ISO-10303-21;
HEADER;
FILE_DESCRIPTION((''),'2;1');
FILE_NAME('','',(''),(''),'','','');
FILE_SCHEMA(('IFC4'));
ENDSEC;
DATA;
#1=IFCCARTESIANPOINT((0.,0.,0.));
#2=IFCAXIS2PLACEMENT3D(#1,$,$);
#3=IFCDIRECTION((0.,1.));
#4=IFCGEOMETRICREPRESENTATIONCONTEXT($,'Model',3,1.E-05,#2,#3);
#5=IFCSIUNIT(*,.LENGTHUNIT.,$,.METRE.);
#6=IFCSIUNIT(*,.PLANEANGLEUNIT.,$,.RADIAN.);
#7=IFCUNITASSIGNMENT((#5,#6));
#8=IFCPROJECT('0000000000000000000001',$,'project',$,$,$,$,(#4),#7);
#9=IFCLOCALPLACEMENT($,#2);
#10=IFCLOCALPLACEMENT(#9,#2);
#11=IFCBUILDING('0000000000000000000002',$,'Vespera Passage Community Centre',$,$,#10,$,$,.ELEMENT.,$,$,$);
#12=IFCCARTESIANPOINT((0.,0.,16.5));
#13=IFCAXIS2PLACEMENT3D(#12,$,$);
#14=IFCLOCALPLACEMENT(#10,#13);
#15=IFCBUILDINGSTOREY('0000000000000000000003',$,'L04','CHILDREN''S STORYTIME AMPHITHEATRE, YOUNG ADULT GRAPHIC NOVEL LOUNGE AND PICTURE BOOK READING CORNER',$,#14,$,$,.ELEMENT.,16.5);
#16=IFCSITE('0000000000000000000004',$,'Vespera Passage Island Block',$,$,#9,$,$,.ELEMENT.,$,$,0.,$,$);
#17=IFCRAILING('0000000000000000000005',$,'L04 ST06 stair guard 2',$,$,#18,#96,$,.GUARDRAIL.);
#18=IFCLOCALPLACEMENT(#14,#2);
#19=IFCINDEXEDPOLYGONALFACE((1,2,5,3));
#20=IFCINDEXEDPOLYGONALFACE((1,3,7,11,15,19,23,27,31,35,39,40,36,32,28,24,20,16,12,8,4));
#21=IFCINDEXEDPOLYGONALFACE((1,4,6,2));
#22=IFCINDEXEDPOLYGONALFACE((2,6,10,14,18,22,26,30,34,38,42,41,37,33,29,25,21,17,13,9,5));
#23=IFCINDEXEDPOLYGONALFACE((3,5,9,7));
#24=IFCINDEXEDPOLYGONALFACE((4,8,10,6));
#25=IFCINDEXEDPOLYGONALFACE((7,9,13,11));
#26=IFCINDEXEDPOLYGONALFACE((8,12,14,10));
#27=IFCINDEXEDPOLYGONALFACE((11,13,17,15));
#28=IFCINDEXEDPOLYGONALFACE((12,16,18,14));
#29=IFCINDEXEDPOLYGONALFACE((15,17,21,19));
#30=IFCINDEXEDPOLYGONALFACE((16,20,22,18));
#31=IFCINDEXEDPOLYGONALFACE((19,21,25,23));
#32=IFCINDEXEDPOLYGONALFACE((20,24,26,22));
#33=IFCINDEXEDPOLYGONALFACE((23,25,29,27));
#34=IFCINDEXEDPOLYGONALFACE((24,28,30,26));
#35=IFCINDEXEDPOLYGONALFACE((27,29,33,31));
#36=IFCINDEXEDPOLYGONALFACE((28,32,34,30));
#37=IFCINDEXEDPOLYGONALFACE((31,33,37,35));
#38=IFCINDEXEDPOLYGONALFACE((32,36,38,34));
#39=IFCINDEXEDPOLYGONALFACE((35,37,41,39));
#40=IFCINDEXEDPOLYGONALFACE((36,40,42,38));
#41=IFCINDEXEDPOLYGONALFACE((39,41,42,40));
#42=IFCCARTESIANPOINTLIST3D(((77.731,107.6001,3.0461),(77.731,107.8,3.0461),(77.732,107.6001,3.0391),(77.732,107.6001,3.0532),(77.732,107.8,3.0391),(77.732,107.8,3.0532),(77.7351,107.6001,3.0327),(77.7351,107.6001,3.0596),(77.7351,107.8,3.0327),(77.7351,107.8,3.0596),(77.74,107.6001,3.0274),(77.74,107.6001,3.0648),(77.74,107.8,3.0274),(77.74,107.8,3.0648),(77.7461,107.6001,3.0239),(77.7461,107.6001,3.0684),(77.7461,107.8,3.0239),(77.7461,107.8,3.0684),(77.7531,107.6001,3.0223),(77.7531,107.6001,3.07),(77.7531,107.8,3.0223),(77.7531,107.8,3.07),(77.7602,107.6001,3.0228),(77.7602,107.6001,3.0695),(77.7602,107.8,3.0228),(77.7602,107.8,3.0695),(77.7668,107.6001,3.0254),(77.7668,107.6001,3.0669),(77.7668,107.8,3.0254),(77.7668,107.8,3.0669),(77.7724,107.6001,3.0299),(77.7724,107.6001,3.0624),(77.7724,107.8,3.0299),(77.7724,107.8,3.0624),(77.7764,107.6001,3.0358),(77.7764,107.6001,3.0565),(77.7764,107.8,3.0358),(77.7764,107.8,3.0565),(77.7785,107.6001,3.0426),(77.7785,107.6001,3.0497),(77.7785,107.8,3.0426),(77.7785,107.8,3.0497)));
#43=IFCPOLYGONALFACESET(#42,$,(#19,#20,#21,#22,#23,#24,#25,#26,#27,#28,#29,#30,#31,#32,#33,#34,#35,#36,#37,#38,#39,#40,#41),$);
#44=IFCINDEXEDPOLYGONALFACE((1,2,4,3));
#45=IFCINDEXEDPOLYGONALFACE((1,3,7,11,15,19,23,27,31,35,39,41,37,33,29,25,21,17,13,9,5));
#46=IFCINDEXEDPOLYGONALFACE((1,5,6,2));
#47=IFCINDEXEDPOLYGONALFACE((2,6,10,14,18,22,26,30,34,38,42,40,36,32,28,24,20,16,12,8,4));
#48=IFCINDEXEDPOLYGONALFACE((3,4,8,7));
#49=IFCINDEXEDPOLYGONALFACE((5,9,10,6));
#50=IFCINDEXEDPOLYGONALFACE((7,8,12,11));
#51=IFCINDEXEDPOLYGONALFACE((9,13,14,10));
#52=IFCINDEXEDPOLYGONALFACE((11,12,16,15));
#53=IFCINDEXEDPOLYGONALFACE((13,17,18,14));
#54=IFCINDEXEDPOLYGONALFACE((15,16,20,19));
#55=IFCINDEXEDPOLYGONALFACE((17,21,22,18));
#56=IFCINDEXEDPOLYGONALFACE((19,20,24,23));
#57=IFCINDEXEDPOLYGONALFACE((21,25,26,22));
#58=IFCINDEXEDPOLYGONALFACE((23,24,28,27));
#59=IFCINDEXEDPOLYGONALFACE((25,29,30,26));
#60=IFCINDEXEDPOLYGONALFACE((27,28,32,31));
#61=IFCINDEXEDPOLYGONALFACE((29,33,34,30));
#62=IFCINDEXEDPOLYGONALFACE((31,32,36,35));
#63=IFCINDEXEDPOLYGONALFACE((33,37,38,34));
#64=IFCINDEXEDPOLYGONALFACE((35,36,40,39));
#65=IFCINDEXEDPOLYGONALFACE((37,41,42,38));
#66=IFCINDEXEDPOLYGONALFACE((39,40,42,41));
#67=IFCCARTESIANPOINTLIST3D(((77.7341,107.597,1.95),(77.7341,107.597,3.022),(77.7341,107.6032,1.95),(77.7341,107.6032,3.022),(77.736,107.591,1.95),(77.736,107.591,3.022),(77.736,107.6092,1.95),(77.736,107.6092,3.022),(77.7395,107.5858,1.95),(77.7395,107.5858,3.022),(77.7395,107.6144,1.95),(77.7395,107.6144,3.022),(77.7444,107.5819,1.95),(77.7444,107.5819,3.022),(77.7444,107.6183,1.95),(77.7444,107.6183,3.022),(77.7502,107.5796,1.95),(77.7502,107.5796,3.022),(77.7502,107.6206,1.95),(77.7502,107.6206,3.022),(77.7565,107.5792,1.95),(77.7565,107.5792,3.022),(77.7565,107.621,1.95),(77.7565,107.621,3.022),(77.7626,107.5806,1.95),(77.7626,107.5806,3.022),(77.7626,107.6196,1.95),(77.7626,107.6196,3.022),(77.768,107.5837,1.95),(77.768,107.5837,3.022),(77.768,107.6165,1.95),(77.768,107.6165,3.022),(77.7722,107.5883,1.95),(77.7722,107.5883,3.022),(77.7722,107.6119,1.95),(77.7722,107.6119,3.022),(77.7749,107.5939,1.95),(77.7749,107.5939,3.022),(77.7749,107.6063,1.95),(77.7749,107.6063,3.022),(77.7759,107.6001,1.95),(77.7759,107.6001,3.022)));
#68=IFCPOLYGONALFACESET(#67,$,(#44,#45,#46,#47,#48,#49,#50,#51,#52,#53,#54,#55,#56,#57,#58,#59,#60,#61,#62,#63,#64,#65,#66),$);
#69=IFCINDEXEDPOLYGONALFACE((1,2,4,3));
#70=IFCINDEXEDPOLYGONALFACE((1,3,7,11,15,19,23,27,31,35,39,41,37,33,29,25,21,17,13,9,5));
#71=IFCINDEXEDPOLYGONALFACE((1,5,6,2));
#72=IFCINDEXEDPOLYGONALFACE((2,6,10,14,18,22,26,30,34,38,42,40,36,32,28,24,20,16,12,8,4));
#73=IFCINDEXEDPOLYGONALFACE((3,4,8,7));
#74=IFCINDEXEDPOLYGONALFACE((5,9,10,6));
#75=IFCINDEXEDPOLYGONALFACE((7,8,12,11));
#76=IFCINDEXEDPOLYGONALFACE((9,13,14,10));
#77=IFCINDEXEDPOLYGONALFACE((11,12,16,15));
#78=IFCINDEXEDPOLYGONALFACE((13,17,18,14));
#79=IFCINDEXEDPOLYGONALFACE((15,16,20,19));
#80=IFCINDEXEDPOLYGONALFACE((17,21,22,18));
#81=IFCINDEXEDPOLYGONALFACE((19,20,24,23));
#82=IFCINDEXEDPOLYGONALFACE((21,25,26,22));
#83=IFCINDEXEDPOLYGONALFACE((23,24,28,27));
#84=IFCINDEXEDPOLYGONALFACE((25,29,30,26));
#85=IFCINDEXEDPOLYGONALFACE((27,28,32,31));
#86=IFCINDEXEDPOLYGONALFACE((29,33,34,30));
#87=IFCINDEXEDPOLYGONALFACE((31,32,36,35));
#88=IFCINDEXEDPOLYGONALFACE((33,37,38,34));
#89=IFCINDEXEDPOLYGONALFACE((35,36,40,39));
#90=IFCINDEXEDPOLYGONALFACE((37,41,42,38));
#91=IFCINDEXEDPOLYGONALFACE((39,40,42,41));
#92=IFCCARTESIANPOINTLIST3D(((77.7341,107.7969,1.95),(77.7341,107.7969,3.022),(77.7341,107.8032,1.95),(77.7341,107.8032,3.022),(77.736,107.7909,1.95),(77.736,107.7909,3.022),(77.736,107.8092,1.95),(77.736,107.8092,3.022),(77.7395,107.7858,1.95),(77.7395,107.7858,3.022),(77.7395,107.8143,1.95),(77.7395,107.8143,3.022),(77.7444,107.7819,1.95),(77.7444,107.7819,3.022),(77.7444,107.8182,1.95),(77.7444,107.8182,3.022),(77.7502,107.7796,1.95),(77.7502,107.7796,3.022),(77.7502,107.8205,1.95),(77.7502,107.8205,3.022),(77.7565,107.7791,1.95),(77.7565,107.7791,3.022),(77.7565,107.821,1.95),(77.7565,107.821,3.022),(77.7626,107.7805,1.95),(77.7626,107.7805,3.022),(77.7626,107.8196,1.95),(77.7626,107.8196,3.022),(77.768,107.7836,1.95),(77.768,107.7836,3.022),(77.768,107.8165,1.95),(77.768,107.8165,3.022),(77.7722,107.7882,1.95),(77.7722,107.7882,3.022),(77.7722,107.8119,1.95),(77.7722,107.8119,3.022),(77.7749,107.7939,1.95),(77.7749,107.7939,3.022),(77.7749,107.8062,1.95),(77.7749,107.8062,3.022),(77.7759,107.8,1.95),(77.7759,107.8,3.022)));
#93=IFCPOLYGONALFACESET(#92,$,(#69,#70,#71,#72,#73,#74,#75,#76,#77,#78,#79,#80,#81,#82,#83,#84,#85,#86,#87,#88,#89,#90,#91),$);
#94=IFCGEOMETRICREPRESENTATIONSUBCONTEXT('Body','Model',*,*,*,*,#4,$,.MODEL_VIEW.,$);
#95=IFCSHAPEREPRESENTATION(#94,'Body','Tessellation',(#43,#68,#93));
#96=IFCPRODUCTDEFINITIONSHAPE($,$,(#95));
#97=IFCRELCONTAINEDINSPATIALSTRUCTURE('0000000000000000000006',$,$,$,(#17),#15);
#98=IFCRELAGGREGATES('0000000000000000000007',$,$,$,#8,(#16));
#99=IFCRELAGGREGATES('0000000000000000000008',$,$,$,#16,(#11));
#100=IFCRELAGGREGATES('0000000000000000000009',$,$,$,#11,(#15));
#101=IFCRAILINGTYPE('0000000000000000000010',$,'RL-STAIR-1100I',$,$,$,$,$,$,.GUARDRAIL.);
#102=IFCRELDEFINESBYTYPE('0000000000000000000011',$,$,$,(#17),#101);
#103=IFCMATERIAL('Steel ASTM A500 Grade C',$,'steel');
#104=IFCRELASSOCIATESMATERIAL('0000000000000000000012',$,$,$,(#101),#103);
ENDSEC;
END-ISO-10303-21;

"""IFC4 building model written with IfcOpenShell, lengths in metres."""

from ifc_helpers import new_model, si_unit, direction, frame, origin, origin_2d, place, context, subcontext, project, spatial, circle, extrude, material, type_object, element, save


model = new_model("IFC4")

# Units and contexts
model_context = context("Model", 3, precision=1e-05, world=origin(), true_north=direction((0.0, 1.0)))
body_context = subcontext(model_context, "Body", "Model", "MODEL_VIEW")
ifc_project = project(units=[si_unit("LENGTHUNIT", "METRE"), si_unit("PLANEANGLEUNIT", "RADIAN")], contexts=[model_context])

# Site, building, storey
site_placement = place(None, origin())
site = spatial("IfcSite", under=ifc_project, at=site_placement, Name="Vespera Passage Island Block", CompositionType="ELEMENT", RefElevation=0.0)
building_placement = place(site_placement, origin())
building = spatial("IfcBuilding", under=site, at=building_placement, Name="Vespera Passage Community Centre", CompositionType="ELEMENT")
storey_placement = place(building_placement, frame((0.0, 0.0, 16.5)))
storey = spatial("IfcBuildingStorey", under=building, at=storey_placement, Name="L04", Description="CHILDREN'S STORYTIME AMPHITHEATRE, YOUNG ADULT GRAPHIC NOVEL LOUNGE AND PICTURE BOOK READING CORNER", CompositionType="ELEMENT", Elevation=16.5)

# Railing
ifc_material_1 = material(Name="Steel ASTM A500 Grade C", Category="steel")
railing_type_1 = type_object("IfcRailingType", Name="RL-STAIR-1100I", PredefinedType="GUARDRAIL", material=ifc_material_1)
railing_1_placement = place(storey_placement, frame((77.7549, 107.6001, 1.95)))
element("IfcRailing", 1, at=railing_1_placement, inside=storey, type_object=railing_type_1, Name="L04 ST06 stair guard 2", PredefinedType="GUARDRAIL", context=body_context, shape_type="SweptSolid", body=[
    extrude(circle(Radius=0.0239, at=origin_2d()), frame((0.0, 0.0, 1.0962), z_axis=(0.0, 1.0, 0.0), x_axis=(-1.0, 0.0, 0.0)), (0.0, 0.0, 1.0), 0.2),
    extrude(circle(Radius=0.021, at=origin_2d()), origin(), (0.0, 0.0, 1.0), 1.072),
    extrude(circle(Radius=0.021, at=origin_2d()), frame((0.0, 0.2, 0.0)), (0.0, 0.0, 1.0), 1.072),
])

save(model, "model.ifc")
